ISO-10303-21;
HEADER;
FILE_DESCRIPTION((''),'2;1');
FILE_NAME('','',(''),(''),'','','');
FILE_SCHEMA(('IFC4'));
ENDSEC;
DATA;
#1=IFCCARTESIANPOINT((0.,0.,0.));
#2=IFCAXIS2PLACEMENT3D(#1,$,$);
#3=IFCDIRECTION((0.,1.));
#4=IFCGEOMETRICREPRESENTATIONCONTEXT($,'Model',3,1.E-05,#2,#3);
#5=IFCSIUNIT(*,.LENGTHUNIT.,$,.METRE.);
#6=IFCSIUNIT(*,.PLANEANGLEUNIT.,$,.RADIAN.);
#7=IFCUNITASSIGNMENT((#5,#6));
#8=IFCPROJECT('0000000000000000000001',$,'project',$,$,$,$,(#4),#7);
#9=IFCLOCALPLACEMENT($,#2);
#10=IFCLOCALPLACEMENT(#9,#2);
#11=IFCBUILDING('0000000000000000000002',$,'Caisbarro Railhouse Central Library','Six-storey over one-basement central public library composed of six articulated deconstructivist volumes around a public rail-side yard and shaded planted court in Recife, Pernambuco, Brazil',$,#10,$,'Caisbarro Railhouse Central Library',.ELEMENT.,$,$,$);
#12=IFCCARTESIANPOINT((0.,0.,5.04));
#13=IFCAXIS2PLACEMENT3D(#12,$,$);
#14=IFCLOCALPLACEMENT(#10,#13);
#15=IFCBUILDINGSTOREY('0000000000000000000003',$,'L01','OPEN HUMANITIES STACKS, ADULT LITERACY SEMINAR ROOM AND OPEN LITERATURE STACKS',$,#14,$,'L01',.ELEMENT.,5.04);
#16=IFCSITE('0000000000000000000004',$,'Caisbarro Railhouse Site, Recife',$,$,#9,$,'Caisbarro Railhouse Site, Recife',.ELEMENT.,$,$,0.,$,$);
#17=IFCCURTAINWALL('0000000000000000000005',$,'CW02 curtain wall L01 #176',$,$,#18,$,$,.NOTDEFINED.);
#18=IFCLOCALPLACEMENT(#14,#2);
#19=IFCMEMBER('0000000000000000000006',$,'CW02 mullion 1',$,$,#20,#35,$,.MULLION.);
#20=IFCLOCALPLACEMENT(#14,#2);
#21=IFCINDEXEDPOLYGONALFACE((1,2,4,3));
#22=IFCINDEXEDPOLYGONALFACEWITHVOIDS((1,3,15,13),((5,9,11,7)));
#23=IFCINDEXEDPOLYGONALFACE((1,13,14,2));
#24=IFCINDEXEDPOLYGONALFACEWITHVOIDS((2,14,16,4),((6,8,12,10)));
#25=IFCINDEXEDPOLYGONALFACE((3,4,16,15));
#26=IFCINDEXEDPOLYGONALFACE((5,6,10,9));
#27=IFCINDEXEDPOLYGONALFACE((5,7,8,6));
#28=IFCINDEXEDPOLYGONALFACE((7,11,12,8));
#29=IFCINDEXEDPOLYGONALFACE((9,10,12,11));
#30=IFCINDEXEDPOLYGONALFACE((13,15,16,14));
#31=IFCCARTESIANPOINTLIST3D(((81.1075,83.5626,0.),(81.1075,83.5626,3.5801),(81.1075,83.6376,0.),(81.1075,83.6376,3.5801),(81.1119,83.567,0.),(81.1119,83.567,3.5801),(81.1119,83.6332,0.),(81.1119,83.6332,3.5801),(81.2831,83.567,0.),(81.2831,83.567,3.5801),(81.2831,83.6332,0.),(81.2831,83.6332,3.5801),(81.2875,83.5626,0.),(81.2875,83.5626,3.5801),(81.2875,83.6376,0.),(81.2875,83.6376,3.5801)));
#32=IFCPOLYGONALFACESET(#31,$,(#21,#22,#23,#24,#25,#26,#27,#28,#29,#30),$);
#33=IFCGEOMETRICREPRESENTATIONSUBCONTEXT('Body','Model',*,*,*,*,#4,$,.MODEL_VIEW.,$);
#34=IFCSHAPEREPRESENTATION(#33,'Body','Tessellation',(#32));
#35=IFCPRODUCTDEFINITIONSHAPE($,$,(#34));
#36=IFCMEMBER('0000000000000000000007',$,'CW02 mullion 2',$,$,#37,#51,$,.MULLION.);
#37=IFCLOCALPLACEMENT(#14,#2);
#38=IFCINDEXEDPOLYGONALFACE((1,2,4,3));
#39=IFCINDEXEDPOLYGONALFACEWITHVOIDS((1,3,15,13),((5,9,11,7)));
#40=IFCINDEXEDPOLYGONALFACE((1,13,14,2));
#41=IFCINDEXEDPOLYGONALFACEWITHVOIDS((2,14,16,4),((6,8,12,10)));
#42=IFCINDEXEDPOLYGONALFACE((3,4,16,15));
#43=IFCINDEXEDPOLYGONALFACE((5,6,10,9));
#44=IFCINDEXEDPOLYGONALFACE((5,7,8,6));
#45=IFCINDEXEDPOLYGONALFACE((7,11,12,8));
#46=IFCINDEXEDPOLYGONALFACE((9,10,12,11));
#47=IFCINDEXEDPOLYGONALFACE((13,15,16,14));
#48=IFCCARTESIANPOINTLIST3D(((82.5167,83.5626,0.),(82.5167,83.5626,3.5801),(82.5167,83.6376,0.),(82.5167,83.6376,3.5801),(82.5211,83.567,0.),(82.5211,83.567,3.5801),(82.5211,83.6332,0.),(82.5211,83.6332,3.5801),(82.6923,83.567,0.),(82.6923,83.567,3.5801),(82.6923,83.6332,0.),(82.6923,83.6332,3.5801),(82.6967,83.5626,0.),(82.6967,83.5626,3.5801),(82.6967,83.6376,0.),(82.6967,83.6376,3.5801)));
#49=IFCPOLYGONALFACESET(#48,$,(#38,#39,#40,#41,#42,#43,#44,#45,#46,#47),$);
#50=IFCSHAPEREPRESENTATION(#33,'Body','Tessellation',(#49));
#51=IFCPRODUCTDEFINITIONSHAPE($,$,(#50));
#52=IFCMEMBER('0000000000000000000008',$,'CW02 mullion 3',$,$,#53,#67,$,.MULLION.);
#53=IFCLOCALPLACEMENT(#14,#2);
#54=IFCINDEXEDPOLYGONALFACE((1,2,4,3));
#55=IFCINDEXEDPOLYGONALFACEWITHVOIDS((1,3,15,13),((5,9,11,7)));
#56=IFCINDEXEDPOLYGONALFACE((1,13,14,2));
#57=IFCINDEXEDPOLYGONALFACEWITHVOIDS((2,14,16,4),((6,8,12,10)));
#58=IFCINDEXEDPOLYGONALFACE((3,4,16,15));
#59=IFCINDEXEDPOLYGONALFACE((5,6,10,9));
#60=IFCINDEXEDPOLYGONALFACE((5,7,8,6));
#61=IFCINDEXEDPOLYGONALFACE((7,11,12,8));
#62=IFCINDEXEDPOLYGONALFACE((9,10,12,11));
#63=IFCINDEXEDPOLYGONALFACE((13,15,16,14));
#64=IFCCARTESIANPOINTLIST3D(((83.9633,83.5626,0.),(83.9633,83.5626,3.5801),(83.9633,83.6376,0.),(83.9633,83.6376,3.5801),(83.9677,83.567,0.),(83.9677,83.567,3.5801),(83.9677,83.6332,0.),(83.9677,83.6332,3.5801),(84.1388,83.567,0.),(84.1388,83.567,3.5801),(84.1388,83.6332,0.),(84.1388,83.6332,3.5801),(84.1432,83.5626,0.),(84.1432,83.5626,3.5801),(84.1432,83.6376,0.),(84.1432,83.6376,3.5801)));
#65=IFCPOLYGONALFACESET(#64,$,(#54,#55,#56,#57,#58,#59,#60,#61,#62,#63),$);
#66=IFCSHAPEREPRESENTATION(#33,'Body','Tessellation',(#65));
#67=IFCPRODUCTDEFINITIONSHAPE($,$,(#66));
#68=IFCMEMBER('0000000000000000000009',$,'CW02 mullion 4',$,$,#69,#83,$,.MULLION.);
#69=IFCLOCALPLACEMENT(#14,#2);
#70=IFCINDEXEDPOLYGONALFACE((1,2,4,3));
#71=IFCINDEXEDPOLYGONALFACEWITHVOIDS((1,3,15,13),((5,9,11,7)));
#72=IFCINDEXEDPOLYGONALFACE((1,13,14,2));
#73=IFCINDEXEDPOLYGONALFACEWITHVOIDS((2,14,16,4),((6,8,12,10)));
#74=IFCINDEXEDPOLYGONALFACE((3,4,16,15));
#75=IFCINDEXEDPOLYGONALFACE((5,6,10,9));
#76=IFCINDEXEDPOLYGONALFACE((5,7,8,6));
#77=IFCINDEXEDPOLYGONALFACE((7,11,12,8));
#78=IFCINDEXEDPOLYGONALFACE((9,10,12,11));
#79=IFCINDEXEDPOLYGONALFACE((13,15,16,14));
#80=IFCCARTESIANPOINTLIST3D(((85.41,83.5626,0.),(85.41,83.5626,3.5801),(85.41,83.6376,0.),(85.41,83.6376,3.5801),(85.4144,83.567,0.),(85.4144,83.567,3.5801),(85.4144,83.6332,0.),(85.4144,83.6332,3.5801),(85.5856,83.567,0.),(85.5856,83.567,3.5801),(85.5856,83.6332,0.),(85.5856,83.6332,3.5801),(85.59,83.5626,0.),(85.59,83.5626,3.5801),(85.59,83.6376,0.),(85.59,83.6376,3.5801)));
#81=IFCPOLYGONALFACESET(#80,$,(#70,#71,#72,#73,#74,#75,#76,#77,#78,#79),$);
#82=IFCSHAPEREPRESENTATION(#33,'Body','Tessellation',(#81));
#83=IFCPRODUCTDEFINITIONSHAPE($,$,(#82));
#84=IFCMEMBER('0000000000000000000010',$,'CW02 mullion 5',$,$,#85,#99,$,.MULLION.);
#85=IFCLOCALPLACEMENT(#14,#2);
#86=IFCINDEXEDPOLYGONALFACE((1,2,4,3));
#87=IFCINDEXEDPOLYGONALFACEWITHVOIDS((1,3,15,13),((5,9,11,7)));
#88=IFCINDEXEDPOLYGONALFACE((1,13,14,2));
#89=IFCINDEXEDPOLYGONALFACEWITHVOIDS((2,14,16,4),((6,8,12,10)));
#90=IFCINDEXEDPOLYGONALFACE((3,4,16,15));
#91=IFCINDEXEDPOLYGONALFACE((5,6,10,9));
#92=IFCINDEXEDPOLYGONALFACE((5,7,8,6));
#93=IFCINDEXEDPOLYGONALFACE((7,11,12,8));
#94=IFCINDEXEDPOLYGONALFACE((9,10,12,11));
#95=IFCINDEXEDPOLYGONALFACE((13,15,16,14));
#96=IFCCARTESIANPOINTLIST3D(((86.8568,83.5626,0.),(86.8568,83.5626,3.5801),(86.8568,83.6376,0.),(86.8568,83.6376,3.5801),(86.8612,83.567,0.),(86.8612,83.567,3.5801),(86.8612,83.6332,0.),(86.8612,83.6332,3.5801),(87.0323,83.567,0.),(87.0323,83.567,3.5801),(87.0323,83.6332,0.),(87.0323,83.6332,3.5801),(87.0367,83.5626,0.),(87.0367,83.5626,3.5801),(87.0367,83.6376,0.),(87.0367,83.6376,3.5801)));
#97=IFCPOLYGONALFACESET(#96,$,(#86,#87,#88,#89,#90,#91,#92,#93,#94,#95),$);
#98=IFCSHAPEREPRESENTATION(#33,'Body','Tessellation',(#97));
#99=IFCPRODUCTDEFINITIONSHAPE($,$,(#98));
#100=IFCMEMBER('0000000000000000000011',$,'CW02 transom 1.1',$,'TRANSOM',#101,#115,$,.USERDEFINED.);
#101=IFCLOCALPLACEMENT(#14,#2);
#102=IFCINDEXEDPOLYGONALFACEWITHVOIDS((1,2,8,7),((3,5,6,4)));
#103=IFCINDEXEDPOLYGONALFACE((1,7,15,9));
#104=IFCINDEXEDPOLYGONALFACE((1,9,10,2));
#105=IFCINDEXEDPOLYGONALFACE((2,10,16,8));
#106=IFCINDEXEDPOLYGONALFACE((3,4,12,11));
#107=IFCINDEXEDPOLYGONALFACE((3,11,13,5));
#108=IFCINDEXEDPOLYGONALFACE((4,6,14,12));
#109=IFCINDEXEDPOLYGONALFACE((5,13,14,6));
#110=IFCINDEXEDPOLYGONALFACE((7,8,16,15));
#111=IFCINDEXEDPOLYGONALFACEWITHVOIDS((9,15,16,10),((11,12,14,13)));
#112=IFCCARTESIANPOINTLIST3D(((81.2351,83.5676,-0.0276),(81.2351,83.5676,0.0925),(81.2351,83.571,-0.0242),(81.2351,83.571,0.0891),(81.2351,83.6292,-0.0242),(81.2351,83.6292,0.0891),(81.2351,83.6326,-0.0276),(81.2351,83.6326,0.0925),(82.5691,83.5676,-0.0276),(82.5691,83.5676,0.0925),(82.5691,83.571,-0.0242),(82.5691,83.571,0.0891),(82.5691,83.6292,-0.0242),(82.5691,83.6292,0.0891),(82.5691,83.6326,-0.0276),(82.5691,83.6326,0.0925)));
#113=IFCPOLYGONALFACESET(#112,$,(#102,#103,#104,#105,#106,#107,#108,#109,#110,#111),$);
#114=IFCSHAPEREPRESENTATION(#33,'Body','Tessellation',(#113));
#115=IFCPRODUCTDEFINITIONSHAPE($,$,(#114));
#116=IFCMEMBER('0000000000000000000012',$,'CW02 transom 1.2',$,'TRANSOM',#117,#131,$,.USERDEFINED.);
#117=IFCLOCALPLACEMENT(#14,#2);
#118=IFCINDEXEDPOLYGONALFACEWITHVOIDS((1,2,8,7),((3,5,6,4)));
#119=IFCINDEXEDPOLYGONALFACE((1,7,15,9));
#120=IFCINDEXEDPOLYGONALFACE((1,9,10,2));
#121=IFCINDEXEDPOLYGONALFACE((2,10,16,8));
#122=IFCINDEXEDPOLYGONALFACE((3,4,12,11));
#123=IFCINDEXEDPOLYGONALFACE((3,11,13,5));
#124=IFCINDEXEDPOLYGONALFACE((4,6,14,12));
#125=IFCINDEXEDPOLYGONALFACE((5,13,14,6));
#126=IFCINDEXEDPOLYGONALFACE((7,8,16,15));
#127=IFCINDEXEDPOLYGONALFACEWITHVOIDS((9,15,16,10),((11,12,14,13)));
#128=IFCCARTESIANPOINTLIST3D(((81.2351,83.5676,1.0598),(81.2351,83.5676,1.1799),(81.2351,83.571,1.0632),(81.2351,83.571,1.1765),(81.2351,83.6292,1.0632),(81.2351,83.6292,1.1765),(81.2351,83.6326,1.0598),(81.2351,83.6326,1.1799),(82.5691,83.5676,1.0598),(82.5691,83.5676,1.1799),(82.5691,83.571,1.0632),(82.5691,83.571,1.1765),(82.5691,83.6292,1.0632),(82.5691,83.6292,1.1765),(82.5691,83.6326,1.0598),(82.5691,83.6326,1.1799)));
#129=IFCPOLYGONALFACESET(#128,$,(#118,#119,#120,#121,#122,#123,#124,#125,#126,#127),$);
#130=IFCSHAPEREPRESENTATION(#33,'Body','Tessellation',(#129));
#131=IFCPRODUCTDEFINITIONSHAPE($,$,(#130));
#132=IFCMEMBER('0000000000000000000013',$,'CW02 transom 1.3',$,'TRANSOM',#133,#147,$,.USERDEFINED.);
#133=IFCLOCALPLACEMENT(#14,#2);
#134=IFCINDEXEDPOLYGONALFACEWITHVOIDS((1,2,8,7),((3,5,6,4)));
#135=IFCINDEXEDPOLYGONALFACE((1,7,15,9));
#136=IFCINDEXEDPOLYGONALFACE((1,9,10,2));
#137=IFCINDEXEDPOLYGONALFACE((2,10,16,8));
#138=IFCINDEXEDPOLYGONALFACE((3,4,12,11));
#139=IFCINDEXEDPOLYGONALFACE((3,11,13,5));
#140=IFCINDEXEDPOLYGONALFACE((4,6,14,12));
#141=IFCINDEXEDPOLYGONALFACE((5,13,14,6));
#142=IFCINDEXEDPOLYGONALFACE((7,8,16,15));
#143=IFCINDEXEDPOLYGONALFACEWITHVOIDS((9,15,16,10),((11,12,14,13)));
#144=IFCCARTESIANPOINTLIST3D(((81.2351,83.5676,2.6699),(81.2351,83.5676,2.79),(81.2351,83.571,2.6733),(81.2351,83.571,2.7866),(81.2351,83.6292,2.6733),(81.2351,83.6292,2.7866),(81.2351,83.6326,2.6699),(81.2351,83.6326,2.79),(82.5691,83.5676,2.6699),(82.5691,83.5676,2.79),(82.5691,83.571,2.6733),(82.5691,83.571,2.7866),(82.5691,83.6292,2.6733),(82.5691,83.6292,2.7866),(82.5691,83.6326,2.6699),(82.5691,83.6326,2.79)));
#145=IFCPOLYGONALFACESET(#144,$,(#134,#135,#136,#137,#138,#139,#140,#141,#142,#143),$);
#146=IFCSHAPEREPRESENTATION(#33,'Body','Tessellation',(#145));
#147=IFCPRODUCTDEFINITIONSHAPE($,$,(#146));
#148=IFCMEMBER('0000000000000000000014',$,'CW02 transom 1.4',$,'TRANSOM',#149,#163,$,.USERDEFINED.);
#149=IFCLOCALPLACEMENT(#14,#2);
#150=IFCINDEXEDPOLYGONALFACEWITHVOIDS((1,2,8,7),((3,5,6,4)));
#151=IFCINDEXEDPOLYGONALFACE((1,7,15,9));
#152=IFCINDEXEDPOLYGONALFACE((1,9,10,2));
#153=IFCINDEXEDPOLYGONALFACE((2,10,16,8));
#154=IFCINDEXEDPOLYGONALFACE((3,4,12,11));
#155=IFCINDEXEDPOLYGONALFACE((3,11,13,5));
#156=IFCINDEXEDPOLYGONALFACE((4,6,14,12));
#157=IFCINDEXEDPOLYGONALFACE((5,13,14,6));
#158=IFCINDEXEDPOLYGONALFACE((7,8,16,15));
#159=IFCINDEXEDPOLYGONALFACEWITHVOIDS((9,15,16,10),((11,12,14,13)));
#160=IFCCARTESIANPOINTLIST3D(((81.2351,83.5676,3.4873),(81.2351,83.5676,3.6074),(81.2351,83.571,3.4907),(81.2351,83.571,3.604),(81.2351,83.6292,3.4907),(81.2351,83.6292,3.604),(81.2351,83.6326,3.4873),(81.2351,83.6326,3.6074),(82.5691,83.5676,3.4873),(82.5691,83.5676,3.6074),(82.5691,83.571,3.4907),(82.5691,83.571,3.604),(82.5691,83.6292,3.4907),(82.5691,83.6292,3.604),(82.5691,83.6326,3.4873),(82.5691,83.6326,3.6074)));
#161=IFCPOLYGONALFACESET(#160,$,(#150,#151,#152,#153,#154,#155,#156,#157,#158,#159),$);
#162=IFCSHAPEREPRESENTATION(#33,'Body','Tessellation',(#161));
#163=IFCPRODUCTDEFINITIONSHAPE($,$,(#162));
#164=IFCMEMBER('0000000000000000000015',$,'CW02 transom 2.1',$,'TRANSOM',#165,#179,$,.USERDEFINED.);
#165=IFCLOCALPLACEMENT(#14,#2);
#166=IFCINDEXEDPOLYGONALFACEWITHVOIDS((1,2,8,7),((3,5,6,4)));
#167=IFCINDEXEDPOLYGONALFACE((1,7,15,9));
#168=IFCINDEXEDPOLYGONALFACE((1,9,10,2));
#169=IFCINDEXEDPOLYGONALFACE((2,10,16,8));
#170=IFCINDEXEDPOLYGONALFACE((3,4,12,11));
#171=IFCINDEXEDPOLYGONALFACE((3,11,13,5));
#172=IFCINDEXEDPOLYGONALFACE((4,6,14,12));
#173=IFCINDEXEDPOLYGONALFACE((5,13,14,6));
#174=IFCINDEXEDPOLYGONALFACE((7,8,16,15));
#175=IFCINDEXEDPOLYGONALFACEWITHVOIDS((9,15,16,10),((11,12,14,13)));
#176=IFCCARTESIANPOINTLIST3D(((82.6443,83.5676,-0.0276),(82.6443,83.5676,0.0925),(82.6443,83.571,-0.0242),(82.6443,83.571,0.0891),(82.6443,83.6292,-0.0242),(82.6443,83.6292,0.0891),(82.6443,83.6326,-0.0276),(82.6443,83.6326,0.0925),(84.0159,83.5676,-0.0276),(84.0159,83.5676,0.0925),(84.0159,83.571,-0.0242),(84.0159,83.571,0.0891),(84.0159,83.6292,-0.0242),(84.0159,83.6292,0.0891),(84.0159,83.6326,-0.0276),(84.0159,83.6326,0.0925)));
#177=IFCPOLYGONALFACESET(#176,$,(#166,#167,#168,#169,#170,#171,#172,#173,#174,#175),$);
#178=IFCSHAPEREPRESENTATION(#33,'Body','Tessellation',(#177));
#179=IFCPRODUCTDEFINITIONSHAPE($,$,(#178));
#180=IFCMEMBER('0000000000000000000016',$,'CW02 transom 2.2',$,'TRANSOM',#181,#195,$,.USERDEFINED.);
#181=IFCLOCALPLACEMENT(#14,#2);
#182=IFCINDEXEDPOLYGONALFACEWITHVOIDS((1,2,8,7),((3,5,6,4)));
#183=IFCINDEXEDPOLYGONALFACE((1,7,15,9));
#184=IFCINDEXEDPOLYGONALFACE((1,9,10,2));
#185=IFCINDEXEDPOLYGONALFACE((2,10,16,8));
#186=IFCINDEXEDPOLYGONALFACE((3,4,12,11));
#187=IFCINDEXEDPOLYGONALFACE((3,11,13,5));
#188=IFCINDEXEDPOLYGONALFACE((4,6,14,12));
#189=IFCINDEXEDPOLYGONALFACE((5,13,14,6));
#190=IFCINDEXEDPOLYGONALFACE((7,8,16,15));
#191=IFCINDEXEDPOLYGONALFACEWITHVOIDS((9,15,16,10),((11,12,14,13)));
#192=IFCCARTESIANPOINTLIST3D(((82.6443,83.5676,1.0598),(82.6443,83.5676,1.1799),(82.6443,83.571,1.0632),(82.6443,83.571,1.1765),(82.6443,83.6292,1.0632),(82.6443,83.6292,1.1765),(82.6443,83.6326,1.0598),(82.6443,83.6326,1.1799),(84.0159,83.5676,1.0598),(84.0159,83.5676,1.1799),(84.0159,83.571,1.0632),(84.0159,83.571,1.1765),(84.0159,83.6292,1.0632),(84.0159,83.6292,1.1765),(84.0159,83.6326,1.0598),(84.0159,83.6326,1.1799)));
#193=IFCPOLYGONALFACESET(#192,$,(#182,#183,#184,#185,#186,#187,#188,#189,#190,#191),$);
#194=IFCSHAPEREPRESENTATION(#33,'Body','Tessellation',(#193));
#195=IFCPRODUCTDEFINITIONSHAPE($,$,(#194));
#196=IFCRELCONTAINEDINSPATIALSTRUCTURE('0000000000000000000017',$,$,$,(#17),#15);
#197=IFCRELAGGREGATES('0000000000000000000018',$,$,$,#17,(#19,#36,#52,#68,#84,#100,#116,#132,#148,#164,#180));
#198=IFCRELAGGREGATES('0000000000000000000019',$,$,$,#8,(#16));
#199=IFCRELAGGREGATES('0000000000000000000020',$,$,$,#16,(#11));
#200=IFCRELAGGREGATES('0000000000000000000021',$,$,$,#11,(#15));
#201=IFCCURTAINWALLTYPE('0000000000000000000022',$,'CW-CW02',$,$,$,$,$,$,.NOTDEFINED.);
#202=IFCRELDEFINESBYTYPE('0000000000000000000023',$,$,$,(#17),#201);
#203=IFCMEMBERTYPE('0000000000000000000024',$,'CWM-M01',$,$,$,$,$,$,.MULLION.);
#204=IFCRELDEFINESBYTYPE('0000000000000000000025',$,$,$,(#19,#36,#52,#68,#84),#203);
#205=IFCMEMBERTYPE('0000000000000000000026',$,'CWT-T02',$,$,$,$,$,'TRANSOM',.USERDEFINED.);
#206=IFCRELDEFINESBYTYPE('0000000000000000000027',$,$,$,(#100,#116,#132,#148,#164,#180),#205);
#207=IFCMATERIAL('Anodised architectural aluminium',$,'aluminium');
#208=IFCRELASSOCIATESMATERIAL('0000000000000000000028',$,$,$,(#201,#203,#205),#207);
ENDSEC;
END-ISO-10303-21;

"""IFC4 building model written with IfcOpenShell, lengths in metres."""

from ifc_helpers import new_model, si_unit, direction, frame, origin, origin_2d, place, context, subcontext, project, spatial, hollow_rectangle, extrude, material, material_profile, profile_set, type_object, element, aggregate, save


model = new_model("IFC4")

# Units and contexts
model_context = context("Model", 3, precision=1e-05, world=origin(), true_north=direction((0.0, 1.0)))
body_context = subcontext(model_context, "Body", "Model", "MODEL_VIEW")
ifc_project = project(units=[si_unit("LENGTHUNIT", "METRE"), si_unit("PLANEANGLEUNIT", "RADIAN")], contexts=[model_context])

# Site, building, storey
site_placement = place(None, origin())
site = spatial("IfcSite", under=ifc_project, at=site_placement, Name="Caisbarro Railhouse Site, Recife", LongName="Caisbarro Railhouse Site, Recife", CompositionType="ELEMENT", RefElevation=0.0)
building_placement = place(site_placement, origin())
building = spatial("IfcBuilding", under=site, at=building_placement, Name="Caisbarro Railhouse Central Library", Description="Six-storey over one-basement central public library composed of six articulated deconstructivist volumes around a public rail-side yard and shaded planted court in Recife, Pernambuco, Brazil", LongName="Caisbarro Railhouse Central Library", CompositionType="ELEMENT")
storey_placement = place(building_placement, frame((0.0, 0.0, 5.04)))
storey = spatial("IfcBuildingStorey", under=building, at=storey_placement, Name="L01", Description="OPEN HUMANITIES STACKS, ADULT LITERACY SEMINAR ROOM AND OPEN LITERATURE STACKS", LongName="L01", CompositionType="ELEMENT", Elevation=5.04)

# Curtain wall, members
ifc_material_1 = material(Name="Anodised architectural aluminium", Category="aluminium")
curtain_wall_type = type_object("IfcCurtainWallType", Name="CW-CW02", PredefinedType="NOTDEFINED", material=ifc_material_1)
curtain_wall_placement = place(storey_placement, origin())
curtain_wall = element("IfcCurtainWall", 1, at=curtain_wall_placement, inside=storey, type_object=curtain_wall_type, Name="CW02 curtain wall L01 #176", PredefinedType="NOTDEFINED")
ifc_material_profile_1 = material_profile(ifc_material_1, hollow_rectangle(XDim=0.075, YDim=0.1799, WallThickness=0.0044, at=origin_2d()), Name="ALU-MUL-75X180")
ifc_profile_set_1 = profile_set([ifc_material_profile_1], Name="Anodised architectural aluminium")
member_type_1 = type_object("IfcMemberType", Name="CWM-M01", PredefinedType="MULLION", material=ifc_profile_set_1)
member_1_placement = place(storey_placement, frame((81.1975, 83.6001, 0.0), z_axis=(0.0, 0.0, 1.0), x_axis=(0.0, 1.0, 0.0)))
member_1 = element("IfcMember", 2, at=member_1_placement, type_object=member_type_1, Name="CW02 mullion 1", PredefinedType="MULLION", context=body_context, shape_type="SweptSolid", body=[
    extrude(hollow_rectangle(XDim=0.075, YDim=0.1799, WallThickness=0.0044, at=origin_2d()), origin(), (0.0, 0.0, 1.0), 3.5801),
])
member_2_placement = place(storey_placement, frame((82.6067, 83.6001, 0.0), z_axis=(0.0, 0.0, 1.0), x_axis=(0.0, 1.0, 0.0)))
member_2 = element("IfcMember", 3, at=member_2_placement, type_object=member_type_1, Name="CW02 mullion 2", PredefinedType="MULLION", context=body_context, shape_type="SweptSolid", body=[
    extrude(hollow_rectangle(XDim=0.075, YDim=0.1799, WallThickness=0.0044, at=origin_2d()), origin(), (0.0, 0.0, 1.0), 3.5801),
])
member_3_placement = place(storey_placement, frame((84.0532, 83.6001, 0.0), z_axis=(0.0, 0.0, 1.0), x_axis=(0.0, 1.0, 0.0)))
member_3 = element("IfcMember", 4, at=member_3_placement, type_object=member_type_1, Name="CW02 mullion 3", PredefinedType="MULLION", context=body_context, shape_type="SweptSolid", body=[
    extrude(hollow_rectangle(XDim=0.075, YDim=0.1799, WallThickness=0.0044, at=origin_2d()), origin(), (0.0, 0.0, 1.0), 3.5801),
])
member_4_placement = place(storey_placement, frame((85.5, 83.6001, 0.0), z_axis=(0.0, 0.0, 1.0), x_axis=(0.0, 1.0, 0.0)))
member_4 = element("IfcMember", 5, at=member_4_placement, type_object=member_type_1, Name="CW02 mullion 4", PredefinedType="MULLION", context=body_context, shape_type="SweptSolid", body=[
    extrude(hollow_rectangle(XDim=0.075, YDim=0.1799, WallThickness=0.0044, at=origin_2d()), origin(), (0.0, 0.0, 1.0), 3.5801),
])
member_5_placement = place(storey_placement, frame((86.9468, 83.6001, 0.0), z_axis=(0.0, 0.0, 1.0), x_axis=(0.0, 1.0, 0.0)))
member_5 = element("IfcMember", 6, at=member_5_placement, type_object=member_type_1, Name="CW02 mullion 5", PredefinedType="MULLION", context=body_context, shape_type="SweptSolid", body=[
    extrude(hollow_rectangle(XDim=0.075, YDim=0.1799, WallThickness=0.0044, at=origin_2d()), origin(), (0.0, 0.0, 1.0), 3.5801),
])
ifc_material_profile_2 = material_profile(ifc_material_1, hollow_rectangle(XDim=0.0649, YDim=0.1201, WallThickness=0.0034, at=origin_2d()), Name="ALU-TRN-65X120")
ifc_profile_set_2 = profile_set([ifc_material_profile_2], Name="Anodised architectural aluminium")
member_type_2 = type_object("IfcMemberType", Name="CWT-T02", ElementType="TRANSOM", PredefinedType="USERDEFINED", material=ifc_profile_set_2)
member_6_placement = place(storey_placement, frame((81.2351, 83.6001, 0.0325), z_axis=(1.0, 0.0, 0.0), x_axis=(0.0, 1.0, 0.0)))
member_6 = element("IfcMember", 7, at=member_6_placement, type_object=member_type_2, Name="CW02 transom 1.1", ObjectType="TRANSOM", PredefinedType="USERDEFINED", context=body_context, shape_type="SweptSolid", body=[
    extrude(hollow_rectangle(XDim=0.0649, YDim=0.1201, WallThickness=0.0034, at=origin_2d()), origin(), (0.0, 0.0, 1.0), 1.334),
])
member_7_placement = place(storey_placement, frame((81.2351, 83.6001, 1.1199), z_axis=(1.0, 0.0, 0.0), x_axis=(0.0, 1.0, 0.0)))
member_7 = element("IfcMember", 8, at=member_7_placement, type_object=member_type_2, Name="CW02 transom 1.2", ObjectType="TRANSOM", PredefinedType="USERDEFINED", context=body_context, shape_type="SweptSolid", body=[
    extrude(hollow_rectangle(XDim=0.0649, YDim=0.1201, WallThickness=0.0034, at=origin_2d()), origin(), (0.0, 0.0, 1.0), 1.334),
])
member_8_placement = place(storey_placement, frame((81.2351, 83.6001, 2.73), z_axis=(1.0, 0.0, 0.0), x_axis=(0.0, 1.0, 0.0)))
member_8 = element("IfcMember", 9, at=member_8_placement, type_object=member_type_2, Name="CW02 transom 1.3", ObjectType="TRANSOM", PredefinedType="USERDEFINED", context=body_context, shape_type="SweptSolid", body=[
    extrude(hollow_rectangle(XDim=0.0649, YDim=0.1201, WallThickness=0.0034, at=origin_2d()), origin(), (0.0, 0.0, 1.0), 1.334),
])
member_9_placement = place(storey_placement, frame((81.2351, 83.6001, 3.5474), z_axis=(1.0, 0.0, 0.0), x_axis=(0.0, 1.0, 0.0)))
member_9 = element("IfcMember", 10, at=member_9_placement, type_object=member_type_2, Name="CW02 transom 1.4", ObjectType="TRANSOM", PredefinedType="USERDEFINED", context=body_context, shape_type="SweptSolid", body=[
    extrude(hollow_rectangle(XDim=0.0649, YDim=0.1201, WallThickness=0.0034, at=origin_2d()), origin(), (0.0, 0.0, 1.0), 1.334),
])
member_10_placement = place(storey_placement, frame((82.6443, 83.6001, 0.0325), z_axis=(1.0, 0.0, 0.0), x_axis=(0.0, 1.0, 0.0)))
member_10 = element("IfcMember", 11, at=member_10_placement, type_object=member_type_2, Name="CW02 transom 2.1", ObjectType="TRANSOM", PredefinedType="USERDEFINED", context=body_context, shape_type="SweptSolid", body=[
    extrude(hollow_rectangle(XDim=0.0649, YDim=0.1201, WallThickness=0.0034, at=origin_2d()), origin(), (0.0, 0.0, 1.0), 1.3716),
])
member_11_placement = place(storey_placement, frame((82.6443, 83.6001, 1.1199), z_axis=(1.0, 0.0, 0.0), x_axis=(0.0, 1.0, 0.0)))
member_11 = element("IfcMember", 12, at=member_11_placement, type_object=member_type_2, Name="CW02 transom 2.2", ObjectType="TRANSOM", PredefinedType="USERDEFINED", context=body_context, shape_type="SweptSolid", body=[
    extrude(hollow_rectangle(XDim=0.0649, YDim=0.1201, WallThickness=0.0034, at=origin_2d()), origin(), (0.0, 0.0, 1.0), 1.3716),
])
aggregate(curtain_wall, [member_1, member_2, member_3, member_4, member_5, member_6, member_7, member_8, member_9, member_10, member_11])

save(model, "model.ifc")
